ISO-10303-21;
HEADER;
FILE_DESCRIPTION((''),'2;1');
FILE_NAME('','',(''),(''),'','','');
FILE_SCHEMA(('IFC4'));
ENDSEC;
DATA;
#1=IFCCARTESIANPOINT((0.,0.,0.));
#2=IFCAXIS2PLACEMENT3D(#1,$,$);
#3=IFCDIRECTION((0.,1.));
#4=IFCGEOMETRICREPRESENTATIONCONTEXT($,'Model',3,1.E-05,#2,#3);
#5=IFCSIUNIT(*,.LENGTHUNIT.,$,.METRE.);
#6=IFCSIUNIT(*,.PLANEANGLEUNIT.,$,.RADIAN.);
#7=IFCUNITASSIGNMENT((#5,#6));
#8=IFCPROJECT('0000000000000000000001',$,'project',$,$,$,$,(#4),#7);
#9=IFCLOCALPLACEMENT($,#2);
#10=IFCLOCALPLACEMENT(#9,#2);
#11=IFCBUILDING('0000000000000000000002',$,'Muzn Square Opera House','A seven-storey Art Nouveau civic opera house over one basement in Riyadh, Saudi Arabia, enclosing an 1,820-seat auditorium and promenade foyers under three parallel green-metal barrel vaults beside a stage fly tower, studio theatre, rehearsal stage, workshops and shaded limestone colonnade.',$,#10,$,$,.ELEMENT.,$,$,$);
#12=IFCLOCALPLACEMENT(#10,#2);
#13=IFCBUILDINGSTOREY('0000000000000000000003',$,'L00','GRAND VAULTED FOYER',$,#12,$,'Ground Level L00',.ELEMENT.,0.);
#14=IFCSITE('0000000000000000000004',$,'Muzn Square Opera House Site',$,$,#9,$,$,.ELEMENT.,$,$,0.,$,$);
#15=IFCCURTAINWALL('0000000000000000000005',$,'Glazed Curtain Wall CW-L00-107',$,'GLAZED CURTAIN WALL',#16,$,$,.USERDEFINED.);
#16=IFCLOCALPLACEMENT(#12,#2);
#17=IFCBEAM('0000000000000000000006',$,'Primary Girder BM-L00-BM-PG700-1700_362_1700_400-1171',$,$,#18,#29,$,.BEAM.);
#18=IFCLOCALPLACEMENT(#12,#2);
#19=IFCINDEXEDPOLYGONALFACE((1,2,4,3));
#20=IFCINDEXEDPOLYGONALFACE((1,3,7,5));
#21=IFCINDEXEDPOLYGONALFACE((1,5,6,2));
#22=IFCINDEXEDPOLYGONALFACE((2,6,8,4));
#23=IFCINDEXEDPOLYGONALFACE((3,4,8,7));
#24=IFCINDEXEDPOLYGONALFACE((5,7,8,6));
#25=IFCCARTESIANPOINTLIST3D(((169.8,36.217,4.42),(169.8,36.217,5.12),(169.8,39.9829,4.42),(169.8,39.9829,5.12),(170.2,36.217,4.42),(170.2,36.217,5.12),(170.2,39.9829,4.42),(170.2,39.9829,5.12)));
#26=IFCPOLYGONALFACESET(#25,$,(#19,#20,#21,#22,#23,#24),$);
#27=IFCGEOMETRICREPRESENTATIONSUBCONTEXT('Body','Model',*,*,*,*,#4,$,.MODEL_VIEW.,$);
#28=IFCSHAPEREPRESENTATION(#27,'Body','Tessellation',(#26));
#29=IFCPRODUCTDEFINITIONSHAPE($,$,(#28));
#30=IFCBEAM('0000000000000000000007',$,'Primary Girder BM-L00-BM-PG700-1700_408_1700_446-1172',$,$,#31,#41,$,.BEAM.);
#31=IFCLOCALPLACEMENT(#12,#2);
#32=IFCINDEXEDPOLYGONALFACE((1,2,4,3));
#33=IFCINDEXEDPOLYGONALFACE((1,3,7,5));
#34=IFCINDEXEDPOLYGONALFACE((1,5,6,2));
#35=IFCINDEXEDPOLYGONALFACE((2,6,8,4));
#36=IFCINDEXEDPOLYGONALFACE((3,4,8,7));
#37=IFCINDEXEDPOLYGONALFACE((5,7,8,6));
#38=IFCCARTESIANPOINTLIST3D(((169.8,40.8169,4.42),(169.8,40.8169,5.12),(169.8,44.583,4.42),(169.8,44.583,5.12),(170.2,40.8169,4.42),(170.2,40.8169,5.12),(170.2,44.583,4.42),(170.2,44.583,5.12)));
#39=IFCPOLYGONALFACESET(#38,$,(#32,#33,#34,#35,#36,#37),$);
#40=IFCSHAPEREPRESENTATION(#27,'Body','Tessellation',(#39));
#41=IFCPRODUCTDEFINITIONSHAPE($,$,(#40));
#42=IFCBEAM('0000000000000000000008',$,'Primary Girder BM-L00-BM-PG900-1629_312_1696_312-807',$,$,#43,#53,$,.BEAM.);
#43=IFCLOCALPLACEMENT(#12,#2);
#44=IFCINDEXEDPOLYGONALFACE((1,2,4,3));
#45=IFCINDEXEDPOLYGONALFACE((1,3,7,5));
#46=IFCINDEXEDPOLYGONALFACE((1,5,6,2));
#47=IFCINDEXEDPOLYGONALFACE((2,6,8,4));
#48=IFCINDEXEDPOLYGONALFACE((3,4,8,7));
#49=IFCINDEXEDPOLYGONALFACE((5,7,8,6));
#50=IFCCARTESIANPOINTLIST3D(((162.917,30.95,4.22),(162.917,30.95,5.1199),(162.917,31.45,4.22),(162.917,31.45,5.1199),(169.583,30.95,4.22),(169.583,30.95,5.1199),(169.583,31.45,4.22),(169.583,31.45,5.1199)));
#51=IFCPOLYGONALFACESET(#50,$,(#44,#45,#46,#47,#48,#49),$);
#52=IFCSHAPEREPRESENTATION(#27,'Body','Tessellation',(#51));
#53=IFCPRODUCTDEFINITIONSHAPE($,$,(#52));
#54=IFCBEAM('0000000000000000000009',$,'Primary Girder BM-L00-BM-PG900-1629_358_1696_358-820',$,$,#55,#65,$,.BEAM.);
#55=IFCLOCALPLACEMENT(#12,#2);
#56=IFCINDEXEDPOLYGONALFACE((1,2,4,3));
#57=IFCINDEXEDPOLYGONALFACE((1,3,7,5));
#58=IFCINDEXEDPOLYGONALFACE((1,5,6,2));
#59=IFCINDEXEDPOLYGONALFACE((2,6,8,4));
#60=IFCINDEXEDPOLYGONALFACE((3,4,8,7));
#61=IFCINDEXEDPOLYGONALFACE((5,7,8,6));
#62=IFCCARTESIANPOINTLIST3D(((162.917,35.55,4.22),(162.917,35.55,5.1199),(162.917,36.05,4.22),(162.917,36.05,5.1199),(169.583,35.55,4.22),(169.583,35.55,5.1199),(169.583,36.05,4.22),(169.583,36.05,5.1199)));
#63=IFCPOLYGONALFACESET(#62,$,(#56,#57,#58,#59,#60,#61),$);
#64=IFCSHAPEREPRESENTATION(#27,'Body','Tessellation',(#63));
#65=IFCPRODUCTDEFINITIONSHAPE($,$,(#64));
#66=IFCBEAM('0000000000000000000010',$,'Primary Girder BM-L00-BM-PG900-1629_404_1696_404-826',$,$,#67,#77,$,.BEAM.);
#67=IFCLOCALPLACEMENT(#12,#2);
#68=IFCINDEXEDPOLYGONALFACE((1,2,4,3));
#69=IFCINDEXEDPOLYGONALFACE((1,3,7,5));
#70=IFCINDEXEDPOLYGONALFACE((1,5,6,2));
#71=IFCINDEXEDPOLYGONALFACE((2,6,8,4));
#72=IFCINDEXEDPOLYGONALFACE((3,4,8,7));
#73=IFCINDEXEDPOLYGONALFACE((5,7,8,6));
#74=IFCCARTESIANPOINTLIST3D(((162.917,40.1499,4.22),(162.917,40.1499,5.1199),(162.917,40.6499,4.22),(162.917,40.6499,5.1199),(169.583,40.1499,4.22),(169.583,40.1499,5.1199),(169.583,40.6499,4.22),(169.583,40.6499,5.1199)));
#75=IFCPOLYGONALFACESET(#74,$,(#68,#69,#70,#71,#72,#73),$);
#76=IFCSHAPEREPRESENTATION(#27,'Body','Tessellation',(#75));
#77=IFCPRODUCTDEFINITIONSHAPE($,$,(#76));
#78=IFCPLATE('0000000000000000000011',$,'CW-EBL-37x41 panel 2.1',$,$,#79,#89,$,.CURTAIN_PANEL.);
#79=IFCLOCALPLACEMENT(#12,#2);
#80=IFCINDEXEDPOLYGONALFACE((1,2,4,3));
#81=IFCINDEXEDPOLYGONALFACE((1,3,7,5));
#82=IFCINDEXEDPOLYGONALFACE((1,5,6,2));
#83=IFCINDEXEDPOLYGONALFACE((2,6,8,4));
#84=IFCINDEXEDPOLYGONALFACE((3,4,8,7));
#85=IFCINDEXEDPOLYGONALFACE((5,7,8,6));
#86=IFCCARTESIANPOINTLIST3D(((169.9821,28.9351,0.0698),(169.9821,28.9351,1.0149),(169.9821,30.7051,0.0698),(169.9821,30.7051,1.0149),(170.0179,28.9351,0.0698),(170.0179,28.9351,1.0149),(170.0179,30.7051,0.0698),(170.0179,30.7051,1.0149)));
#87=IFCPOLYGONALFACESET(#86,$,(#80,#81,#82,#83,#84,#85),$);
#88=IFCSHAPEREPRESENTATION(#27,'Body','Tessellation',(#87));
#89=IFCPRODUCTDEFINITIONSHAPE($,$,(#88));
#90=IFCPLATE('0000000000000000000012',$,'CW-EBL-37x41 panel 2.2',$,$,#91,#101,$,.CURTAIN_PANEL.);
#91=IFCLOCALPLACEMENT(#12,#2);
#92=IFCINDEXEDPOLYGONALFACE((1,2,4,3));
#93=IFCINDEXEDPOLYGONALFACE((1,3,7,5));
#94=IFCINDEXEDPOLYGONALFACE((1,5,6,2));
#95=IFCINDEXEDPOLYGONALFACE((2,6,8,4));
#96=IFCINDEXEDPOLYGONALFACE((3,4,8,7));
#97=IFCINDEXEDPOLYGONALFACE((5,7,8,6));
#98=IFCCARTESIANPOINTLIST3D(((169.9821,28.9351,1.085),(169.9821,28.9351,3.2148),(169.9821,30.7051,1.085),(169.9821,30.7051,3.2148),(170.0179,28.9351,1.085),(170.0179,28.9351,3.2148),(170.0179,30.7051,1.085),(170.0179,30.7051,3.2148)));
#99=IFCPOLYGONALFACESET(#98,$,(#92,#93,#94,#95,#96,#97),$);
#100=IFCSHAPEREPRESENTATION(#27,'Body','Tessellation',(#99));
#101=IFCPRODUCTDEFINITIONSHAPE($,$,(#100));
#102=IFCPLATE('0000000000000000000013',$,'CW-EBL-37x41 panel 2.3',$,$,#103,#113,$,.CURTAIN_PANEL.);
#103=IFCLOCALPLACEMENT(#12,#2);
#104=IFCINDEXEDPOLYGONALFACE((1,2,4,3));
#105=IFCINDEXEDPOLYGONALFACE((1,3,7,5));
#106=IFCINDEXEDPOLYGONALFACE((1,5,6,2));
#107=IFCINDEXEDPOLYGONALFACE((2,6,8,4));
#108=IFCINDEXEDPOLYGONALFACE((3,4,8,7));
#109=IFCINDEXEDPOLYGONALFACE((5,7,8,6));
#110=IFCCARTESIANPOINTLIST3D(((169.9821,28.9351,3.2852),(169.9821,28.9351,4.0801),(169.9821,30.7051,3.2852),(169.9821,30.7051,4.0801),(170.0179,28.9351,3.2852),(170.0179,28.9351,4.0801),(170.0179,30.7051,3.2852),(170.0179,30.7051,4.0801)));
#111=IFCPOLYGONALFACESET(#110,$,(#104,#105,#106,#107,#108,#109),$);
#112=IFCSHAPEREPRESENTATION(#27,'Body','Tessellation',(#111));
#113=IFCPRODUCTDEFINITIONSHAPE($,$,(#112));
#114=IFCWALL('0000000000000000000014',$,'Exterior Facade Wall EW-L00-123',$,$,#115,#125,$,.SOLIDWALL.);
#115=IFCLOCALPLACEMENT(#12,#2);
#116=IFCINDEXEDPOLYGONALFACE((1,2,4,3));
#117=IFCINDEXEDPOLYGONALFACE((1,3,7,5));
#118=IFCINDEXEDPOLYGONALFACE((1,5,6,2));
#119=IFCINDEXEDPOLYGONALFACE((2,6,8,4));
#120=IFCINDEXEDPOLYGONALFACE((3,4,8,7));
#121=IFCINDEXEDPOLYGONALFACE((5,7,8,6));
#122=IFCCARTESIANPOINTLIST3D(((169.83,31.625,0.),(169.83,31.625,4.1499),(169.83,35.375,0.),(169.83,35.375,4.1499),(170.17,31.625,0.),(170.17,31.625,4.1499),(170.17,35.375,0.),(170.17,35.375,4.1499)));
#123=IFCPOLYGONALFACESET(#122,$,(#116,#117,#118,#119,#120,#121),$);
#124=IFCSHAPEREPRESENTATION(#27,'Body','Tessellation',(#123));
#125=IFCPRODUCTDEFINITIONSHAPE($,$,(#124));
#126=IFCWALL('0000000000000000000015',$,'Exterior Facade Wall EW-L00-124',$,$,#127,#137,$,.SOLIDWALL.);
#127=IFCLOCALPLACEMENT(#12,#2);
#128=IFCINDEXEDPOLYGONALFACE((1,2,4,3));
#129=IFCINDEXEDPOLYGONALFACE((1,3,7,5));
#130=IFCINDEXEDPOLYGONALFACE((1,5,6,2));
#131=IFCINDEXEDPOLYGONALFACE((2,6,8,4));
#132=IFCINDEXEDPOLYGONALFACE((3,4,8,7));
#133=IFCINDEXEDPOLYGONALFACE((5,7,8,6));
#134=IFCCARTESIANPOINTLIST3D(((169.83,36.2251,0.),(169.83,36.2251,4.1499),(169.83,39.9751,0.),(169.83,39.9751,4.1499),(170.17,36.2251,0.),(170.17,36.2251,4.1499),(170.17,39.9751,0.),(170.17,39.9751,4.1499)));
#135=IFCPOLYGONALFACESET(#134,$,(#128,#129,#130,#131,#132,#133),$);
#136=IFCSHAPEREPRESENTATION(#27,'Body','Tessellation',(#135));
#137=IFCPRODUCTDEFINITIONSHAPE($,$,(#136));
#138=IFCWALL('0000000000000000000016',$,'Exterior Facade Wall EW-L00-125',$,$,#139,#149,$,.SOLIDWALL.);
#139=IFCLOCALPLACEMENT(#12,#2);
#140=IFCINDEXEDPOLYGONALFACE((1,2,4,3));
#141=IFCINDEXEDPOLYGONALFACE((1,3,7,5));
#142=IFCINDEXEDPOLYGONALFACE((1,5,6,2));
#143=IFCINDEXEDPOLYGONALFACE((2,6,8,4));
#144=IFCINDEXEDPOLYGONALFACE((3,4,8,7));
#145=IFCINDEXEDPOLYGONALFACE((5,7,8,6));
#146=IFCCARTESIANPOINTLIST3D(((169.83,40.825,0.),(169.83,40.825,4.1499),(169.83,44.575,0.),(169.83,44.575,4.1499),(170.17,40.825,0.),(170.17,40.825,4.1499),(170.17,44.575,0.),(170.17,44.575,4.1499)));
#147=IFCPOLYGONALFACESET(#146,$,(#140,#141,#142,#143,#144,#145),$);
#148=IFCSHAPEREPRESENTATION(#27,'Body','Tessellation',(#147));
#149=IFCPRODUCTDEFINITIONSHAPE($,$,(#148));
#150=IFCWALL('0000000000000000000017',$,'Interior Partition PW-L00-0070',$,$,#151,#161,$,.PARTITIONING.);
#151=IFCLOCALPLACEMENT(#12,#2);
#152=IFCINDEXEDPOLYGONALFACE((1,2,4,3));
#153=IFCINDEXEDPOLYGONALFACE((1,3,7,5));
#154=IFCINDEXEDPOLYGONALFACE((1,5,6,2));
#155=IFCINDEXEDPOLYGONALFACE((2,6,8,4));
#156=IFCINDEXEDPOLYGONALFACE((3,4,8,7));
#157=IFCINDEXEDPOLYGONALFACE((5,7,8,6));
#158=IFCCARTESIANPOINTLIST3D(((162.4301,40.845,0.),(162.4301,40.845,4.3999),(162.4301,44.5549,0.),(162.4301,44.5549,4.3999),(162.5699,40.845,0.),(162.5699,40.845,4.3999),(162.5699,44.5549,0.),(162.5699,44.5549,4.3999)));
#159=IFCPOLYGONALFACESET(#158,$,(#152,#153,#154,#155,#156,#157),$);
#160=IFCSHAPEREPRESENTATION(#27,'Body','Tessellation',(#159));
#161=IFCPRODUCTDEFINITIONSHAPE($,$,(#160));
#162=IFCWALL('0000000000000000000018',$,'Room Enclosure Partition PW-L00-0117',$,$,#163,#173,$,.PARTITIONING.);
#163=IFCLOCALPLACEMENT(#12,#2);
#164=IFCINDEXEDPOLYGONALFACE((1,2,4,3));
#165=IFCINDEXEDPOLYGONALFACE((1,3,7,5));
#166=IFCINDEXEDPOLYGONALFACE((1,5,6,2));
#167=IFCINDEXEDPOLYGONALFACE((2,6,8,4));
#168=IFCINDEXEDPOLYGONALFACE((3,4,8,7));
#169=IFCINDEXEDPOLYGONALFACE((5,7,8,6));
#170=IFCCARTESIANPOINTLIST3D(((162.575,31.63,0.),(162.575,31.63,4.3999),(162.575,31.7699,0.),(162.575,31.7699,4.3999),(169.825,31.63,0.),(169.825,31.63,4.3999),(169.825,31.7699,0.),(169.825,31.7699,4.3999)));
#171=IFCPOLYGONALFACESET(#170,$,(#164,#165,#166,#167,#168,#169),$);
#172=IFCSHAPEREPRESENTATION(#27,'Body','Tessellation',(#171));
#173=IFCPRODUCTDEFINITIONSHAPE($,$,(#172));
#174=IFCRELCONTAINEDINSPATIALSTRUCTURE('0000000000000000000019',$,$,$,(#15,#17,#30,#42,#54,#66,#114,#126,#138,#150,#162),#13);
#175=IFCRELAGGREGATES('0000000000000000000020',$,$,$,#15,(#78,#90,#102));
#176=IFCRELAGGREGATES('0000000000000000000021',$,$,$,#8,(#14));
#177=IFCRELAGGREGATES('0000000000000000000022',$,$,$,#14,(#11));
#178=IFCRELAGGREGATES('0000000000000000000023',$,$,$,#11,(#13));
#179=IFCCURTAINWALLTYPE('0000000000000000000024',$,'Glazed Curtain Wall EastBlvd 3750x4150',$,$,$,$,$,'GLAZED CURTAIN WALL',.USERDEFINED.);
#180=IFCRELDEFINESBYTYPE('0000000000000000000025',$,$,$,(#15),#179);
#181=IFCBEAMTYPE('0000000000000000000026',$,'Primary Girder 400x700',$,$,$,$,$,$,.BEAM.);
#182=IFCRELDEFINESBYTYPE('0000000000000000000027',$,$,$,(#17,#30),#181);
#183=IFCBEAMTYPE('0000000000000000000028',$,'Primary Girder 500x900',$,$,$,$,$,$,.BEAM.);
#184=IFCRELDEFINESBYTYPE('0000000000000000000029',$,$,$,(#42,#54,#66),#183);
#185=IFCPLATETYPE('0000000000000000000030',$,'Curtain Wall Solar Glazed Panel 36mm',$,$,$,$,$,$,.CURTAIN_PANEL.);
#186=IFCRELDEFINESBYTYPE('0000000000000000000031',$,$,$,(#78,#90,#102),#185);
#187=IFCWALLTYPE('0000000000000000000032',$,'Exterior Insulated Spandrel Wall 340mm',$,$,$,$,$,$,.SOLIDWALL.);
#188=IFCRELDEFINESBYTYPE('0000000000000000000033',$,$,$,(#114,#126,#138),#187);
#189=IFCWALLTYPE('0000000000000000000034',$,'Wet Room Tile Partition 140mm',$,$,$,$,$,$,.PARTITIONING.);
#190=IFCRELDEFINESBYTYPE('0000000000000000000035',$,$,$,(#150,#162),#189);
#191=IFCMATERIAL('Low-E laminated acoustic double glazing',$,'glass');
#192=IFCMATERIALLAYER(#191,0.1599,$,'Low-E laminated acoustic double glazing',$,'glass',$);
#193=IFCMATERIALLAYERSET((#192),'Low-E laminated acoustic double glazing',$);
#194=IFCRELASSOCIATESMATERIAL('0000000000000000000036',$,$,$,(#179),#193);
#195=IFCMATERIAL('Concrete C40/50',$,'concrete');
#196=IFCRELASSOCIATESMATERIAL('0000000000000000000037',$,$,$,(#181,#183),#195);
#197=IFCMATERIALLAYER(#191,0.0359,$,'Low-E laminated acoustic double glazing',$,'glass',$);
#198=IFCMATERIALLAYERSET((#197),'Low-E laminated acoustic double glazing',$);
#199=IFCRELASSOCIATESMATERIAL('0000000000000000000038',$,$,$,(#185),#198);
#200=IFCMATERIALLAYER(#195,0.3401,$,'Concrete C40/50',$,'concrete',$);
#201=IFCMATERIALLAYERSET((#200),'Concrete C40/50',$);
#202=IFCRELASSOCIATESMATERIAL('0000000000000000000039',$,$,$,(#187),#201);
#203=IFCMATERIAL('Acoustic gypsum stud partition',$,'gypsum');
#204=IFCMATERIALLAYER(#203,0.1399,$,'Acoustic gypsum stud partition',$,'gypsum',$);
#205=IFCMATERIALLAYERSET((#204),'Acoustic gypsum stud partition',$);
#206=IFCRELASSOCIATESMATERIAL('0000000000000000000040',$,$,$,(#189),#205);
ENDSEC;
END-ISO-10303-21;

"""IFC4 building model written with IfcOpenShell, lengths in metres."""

from ifc_helpers import new_model, si_unit, direction, frame, frame_2d, origin, origin_2d, place, context, subcontext, project, spatial, rectangle, extrude, material, layer, layer_set, material_profile, profile_set, type_object, element, aggregate, save


model = new_model("IFC4")

# Units and contexts
model_context = context("Model", 3, precision=1e-05, world=origin(), true_north=direction((0.0, 1.0)))
body_context = subcontext(model_context, "Body", "Model", "MODEL_VIEW")
ifc_project = project(units=[si_unit("LENGTHUNIT", "METRE"), si_unit("PLANEANGLEUNIT", "RADIAN")], contexts=[model_context])

# Site, building, storey
site_placement = place(None, origin())
site = spatial("IfcSite", under=ifc_project, at=site_placement, Name="Muzn Square Opera House Site", CompositionType="ELEMENT", RefElevation=0.0)
building_placement = place(site_placement, origin())
building = spatial("IfcBuilding", under=site, at=building_placement, Name="Muzn Square Opera House", Description="A seven-storey Art Nouveau civic opera house over one basement in Riyadh, Saudi Arabia, enclosing an 1,820-seat auditorium and promenade foyers under three parallel green-metal barrel vaults beside a stage fly tower, studio theatre, rehearsal stage, workshops and shaded limestone colonnade.", CompositionType="ELEMENT")
storey_placement = place(building_placement, origin())
storey = spatial("IfcBuildingStorey", under=building, at=storey_placement, Name="L00", Description="GRAND VAULTED FOYER", LongName="Ground Level L00", CompositionType="ELEMENT", Elevation=0.0)

# Curtain wall
ifc_material_1 = material(Name="Low-E laminated acoustic double glazing", Category="glass")
ifc_layer_1 = layer(ifc_material_1, 0.1599, Name="Low-E laminated acoustic double glazing", Category="glass")
ifc_layer_set_1 = layer_set([ifc_layer_1], Name="Low-E laminated acoustic double glazing")
curtain_wall_type = type_object("IfcCurtainWallType", Name="Glazed Curtain Wall EastBlvd 3750x4150", ElementType="GLAZED CURTAIN WALL", PredefinedType="USERDEFINED", material=ifc_layer_set_1)
curtain_wall_placement = place(storey_placement, origin())
curtain_wall = element("IfcCurtainWall", 1, at=curtain_wall_placement, inside=storey, type_object=curtain_wall_type, Name="Glazed Curtain Wall CW-L00-107", ObjectType="GLAZED CURTAIN WALL", PredefinedType="USERDEFINED")

# Beams
ifc_material_2 = material(Name="Concrete C40/50", Category="concrete")
ifc_material_profile_1 = material_profile(ifc_material_2, rectangle(XDim=0.3999, YDim=0.7, at=origin_2d()), Name="RCB 400x700", Category="concrete")
ifc_profile_set_1 = profile_set([ifc_material_profile_1], Name="Concrete C40/50")
beam_type_1 = type_object("IfcBeamType", Name="Primary Girder 400x700", PredefinedType="BEAM", material=ifc_profile_set_1)
beam_1_placement = place(storey_placement, frame((170.0, 36.217, 4.77), z_axis=(0.0, 1.0, 0.0), x_axis=(-1.0, 0.0, 0.0)))
element("IfcBeam", 2, at=beam_1_placement, inside=storey, type_object=beam_type_1, Name="Primary Girder BM-L00-BM-PG700-1700_362_1700_400-1171", PredefinedType="BEAM", context=body_context, shape_type="SweptSolid", body=[
    extrude(rectangle(XDim=0.3999, YDim=0.7, at=origin_2d()), origin(), (0.0, 0.0, 1.0), 3.7659),
])
beam_2_placement = place(storey_placement, frame((170.0, 40.8169, 4.77), z_axis=(0.0, 1.0, 0.0), x_axis=(-1.0, 0.0, 0.0)))
element("IfcBeam", 3, at=beam_2_placement, inside=storey, type_object=beam_type_1, Name="Primary Girder BM-L00-BM-PG700-1700_408_1700_446-1172", PredefinedType="BEAM", context=body_context, shape_type="SweptSolid", body=[
    extrude(rectangle(XDim=0.3999, YDim=0.7, at=origin_2d()), origin(), (0.0, 0.0, 1.0), 3.7661),
])
ifc_material_profile_2 = material_profile(ifc_material_2, rectangle(XDim=0.5, YDim=0.8999, at=origin_2d()), Name="RCB 500x900", Category="concrete")
ifc_profile_set_2 = profile_set([ifc_material_profile_2], Name="Concrete C40/50")
beam_type_2 = type_object("IfcBeamType", Name="Primary Girder 500x900", PredefinedType="BEAM", material=ifc_profile_set_2)
for number, where, z_axis, x_axis, name in (
    (4, (162.917, 31.2, 4.6699), (1.0, 0.0, 0.0), (0.0, 1.0, 0.0), "Primary Girder BM-L00-BM-PG900-1629_312_1696_312-807"),
    (5, (162.917, 35.8, 4.6699), (1.0, 0.0, 0.0), (0.0, 1.0, 0.0), "Primary Girder BM-L00-BM-PG900-1629_358_1696_358-820"),
    (6, (162.917, 40.3999, 4.6699), (1.0, 0.0, 0.0), (0.0, 1.0, 0.0), "Primary Girder BM-L00-BM-PG900-1629_404_1696_404-826"),
):
    element("IfcBeam", number, at=place(storey_placement, frame(where, z_axis=z_axis, x_axis=x_axis)), inside=storey, type_object=beam_type_2, Name=name, PredefinedType="BEAM", context=body_context, shape_type="SweptSolid", body=[
        extrude(rectangle(XDim=0.5, YDim=0.8999, at=origin_2d()), origin(), (0.0, 0.0, 1.0), 6.666),
    ])

# Plates
ifc_layer_2 = layer(ifc_material_1, 0.0359, Name="Low-E laminated acoustic double glazing", Category="glass")
ifc_layer_set_2 = layer_set([ifc_layer_2], Name="Low-E laminated acoustic double glazing")
plate_type = type_object("IfcPlateType", Name="Curtain Wall Solar Glazed Panel 36mm", PredefinedType="CURTAIN_PANEL", material=ifc_layer_set_2)
plate_1_placement = place(storey_placement, frame((170.0, 29.8201, 0.0698), z_axis=(0.0, 0.0, 1.0), x_axis=(0.0, 1.0, 0.0)))
plate_1 = element("IfcPlate", 7, at=plate_1_placement, type_object=plate_type, Name="CW-EBL-37x41 panel 2.1", PredefinedType="CURTAIN_PANEL", context=body_context, shape_type="SweptSolid", body=[
    extrude(rectangle(XDim=1.77, YDim=0.0359, at=origin_2d()), origin(), (0.0, 0.0, 1.0), 0.9451),
])
plate_2_placement = place(storey_placement, frame((170.0, 29.8201, 1.085), z_axis=(0.0, 0.0, 1.0), x_axis=(0.0, 1.0, 0.0)))
plate_2 = element("IfcPlate", 8, at=plate_2_placement, type_object=plate_type, Name="CW-EBL-37x41 panel 2.2", PredefinedType="CURTAIN_PANEL", context=body_context, shape_type="SweptSolid", body=[
    extrude(rectangle(XDim=1.77, YDim=0.0359, at=origin_2d()), origin(), (0.0, 0.0, 1.0), 2.1299),
])
plate_3_placement = place(storey_placement, frame((170.0, 29.8201, 3.2852), z_axis=(0.0, 0.0, 1.0), x_axis=(0.0, 1.0, 0.0)))
plate_3 = element("IfcPlate", 9, at=plate_3_placement, type_object=plate_type, Name="CW-EBL-37x41 panel 2.3", PredefinedType="CURTAIN_PANEL", context=body_context, shape_type="SweptSolid", body=[
    extrude(rectangle(XDim=1.77, YDim=0.0359, at=origin_2d()), origin(), (0.0, 0.0, 1.0), 0.7949),
])
aggregate(curtain_wall, [plate_1, plate_2, plate_3])

# Walls
ifc_layer_3 = layer(ifc_material_2, 0.3401, Name="Concrete C40/50", Category="concrete")
ifc_layer_set_3 = layer_set([ifc_layer_3], Name="Concrete C40/50")
wall_type_1 = type_object("IfcWallType", Name="Exterior Insulated Spandrel Wall 340mm", PredefinedType="SOLIDWALL", material=ifc_layer_set_3)
for number, where, z_axis, x_axis, name in (
    (10, (170.0, 31.625, 0.0), (0.0, 0.0, 1.0), (0.0, 1.0, 0.0), "Exterior Facade Wall EW-L00-123"),
    (11, (170.0, 36.2251, 0.0), (0.0, 0.0, 1.0), (0.0, 1.0, 0.0), "Exterior Facade Wall EW-L00-124"),
    (12, (170.0, 40.825, 0.0), (0.0, 0.0, 1.0), (0.0, 1.0, 0.0), "Exterior Facade Wall EW-L00-125"),
):
    element("IfcWall", number, at=place(storey_placement, frame(where, z_axis=z_axis, x_axis=x_axis)), inside=storey, type_object=wall_type_1, Name=name, PredefinedType="SOLIDWALL", context=body_context, shape_type="SweptSolid", body=[
        extrude(rectangle(XDim=3.75, YDim=0.3401, at=frame_2d((1.875, 0.0))), origin(), (0.0, 0.0, 1.0), 4.1499),
    ])
ifc_material_3 = material(Name="Acoustic gypsum stud partition", Category="gypsum")
ifc_layer_4 = layer(ifc_material_3, 0.1399, Name="Acoustic gypsum stud partition", Category="gypsum")
ifc_layer_set_4 = layer_set([ifc_layer_4], Name="Acoustic gypsum stud partition")
wall_type_2 = type_object("IfcWallType", Name="Wet Room Tile Partition 140mm", PredefinedType="PARTITIONING", material=ifc_layer_set_4)
wall_1_placement = place(storey_placement, frame((162.5, 40.845, 0.0), z_axis=(0.0, 0.0, 1.0), x_axis=(0.0, 1.0, 0.0)))
element("IfcWall", 13, at=wall_1_placement, inside=storey, type_object=wall_type_2, Name="Interior Partition PW-L00-0070", PredefinedType="PARTITIONING", context=body_context, shape_type="SweptSolid", body=[
    extrude(rectangle(XDim=3.71, YDim=0.1399, at=frame_2d((1.855, 0.0))), origin(), (0.0, 0.0, 1.0), 4.3999),
])
wall_2_placement = place(storey_placement, frame((162.575, 31.7, 0.0), z_axis=(0.0, 0.0, 1.0), x_axis=(1.0, 0.0, 0.0)))
element("IfcWall", 14, at=wall_2_placement, inside=storey, type_object=wall_type_2, Name="Room Enclosure Partition PW-L00-0117", PredefinedType="PARTITIONING", context=body_context, shape_type="SweptSolid", body=[
    extrude(rectangle(XDim=7.25, YDim=0.1399, at=frame_2d((3.625, 0.0))), origin(), (0.0, 0.0, 1.0), 4.3999),
])

save(model, "model.ifc")
